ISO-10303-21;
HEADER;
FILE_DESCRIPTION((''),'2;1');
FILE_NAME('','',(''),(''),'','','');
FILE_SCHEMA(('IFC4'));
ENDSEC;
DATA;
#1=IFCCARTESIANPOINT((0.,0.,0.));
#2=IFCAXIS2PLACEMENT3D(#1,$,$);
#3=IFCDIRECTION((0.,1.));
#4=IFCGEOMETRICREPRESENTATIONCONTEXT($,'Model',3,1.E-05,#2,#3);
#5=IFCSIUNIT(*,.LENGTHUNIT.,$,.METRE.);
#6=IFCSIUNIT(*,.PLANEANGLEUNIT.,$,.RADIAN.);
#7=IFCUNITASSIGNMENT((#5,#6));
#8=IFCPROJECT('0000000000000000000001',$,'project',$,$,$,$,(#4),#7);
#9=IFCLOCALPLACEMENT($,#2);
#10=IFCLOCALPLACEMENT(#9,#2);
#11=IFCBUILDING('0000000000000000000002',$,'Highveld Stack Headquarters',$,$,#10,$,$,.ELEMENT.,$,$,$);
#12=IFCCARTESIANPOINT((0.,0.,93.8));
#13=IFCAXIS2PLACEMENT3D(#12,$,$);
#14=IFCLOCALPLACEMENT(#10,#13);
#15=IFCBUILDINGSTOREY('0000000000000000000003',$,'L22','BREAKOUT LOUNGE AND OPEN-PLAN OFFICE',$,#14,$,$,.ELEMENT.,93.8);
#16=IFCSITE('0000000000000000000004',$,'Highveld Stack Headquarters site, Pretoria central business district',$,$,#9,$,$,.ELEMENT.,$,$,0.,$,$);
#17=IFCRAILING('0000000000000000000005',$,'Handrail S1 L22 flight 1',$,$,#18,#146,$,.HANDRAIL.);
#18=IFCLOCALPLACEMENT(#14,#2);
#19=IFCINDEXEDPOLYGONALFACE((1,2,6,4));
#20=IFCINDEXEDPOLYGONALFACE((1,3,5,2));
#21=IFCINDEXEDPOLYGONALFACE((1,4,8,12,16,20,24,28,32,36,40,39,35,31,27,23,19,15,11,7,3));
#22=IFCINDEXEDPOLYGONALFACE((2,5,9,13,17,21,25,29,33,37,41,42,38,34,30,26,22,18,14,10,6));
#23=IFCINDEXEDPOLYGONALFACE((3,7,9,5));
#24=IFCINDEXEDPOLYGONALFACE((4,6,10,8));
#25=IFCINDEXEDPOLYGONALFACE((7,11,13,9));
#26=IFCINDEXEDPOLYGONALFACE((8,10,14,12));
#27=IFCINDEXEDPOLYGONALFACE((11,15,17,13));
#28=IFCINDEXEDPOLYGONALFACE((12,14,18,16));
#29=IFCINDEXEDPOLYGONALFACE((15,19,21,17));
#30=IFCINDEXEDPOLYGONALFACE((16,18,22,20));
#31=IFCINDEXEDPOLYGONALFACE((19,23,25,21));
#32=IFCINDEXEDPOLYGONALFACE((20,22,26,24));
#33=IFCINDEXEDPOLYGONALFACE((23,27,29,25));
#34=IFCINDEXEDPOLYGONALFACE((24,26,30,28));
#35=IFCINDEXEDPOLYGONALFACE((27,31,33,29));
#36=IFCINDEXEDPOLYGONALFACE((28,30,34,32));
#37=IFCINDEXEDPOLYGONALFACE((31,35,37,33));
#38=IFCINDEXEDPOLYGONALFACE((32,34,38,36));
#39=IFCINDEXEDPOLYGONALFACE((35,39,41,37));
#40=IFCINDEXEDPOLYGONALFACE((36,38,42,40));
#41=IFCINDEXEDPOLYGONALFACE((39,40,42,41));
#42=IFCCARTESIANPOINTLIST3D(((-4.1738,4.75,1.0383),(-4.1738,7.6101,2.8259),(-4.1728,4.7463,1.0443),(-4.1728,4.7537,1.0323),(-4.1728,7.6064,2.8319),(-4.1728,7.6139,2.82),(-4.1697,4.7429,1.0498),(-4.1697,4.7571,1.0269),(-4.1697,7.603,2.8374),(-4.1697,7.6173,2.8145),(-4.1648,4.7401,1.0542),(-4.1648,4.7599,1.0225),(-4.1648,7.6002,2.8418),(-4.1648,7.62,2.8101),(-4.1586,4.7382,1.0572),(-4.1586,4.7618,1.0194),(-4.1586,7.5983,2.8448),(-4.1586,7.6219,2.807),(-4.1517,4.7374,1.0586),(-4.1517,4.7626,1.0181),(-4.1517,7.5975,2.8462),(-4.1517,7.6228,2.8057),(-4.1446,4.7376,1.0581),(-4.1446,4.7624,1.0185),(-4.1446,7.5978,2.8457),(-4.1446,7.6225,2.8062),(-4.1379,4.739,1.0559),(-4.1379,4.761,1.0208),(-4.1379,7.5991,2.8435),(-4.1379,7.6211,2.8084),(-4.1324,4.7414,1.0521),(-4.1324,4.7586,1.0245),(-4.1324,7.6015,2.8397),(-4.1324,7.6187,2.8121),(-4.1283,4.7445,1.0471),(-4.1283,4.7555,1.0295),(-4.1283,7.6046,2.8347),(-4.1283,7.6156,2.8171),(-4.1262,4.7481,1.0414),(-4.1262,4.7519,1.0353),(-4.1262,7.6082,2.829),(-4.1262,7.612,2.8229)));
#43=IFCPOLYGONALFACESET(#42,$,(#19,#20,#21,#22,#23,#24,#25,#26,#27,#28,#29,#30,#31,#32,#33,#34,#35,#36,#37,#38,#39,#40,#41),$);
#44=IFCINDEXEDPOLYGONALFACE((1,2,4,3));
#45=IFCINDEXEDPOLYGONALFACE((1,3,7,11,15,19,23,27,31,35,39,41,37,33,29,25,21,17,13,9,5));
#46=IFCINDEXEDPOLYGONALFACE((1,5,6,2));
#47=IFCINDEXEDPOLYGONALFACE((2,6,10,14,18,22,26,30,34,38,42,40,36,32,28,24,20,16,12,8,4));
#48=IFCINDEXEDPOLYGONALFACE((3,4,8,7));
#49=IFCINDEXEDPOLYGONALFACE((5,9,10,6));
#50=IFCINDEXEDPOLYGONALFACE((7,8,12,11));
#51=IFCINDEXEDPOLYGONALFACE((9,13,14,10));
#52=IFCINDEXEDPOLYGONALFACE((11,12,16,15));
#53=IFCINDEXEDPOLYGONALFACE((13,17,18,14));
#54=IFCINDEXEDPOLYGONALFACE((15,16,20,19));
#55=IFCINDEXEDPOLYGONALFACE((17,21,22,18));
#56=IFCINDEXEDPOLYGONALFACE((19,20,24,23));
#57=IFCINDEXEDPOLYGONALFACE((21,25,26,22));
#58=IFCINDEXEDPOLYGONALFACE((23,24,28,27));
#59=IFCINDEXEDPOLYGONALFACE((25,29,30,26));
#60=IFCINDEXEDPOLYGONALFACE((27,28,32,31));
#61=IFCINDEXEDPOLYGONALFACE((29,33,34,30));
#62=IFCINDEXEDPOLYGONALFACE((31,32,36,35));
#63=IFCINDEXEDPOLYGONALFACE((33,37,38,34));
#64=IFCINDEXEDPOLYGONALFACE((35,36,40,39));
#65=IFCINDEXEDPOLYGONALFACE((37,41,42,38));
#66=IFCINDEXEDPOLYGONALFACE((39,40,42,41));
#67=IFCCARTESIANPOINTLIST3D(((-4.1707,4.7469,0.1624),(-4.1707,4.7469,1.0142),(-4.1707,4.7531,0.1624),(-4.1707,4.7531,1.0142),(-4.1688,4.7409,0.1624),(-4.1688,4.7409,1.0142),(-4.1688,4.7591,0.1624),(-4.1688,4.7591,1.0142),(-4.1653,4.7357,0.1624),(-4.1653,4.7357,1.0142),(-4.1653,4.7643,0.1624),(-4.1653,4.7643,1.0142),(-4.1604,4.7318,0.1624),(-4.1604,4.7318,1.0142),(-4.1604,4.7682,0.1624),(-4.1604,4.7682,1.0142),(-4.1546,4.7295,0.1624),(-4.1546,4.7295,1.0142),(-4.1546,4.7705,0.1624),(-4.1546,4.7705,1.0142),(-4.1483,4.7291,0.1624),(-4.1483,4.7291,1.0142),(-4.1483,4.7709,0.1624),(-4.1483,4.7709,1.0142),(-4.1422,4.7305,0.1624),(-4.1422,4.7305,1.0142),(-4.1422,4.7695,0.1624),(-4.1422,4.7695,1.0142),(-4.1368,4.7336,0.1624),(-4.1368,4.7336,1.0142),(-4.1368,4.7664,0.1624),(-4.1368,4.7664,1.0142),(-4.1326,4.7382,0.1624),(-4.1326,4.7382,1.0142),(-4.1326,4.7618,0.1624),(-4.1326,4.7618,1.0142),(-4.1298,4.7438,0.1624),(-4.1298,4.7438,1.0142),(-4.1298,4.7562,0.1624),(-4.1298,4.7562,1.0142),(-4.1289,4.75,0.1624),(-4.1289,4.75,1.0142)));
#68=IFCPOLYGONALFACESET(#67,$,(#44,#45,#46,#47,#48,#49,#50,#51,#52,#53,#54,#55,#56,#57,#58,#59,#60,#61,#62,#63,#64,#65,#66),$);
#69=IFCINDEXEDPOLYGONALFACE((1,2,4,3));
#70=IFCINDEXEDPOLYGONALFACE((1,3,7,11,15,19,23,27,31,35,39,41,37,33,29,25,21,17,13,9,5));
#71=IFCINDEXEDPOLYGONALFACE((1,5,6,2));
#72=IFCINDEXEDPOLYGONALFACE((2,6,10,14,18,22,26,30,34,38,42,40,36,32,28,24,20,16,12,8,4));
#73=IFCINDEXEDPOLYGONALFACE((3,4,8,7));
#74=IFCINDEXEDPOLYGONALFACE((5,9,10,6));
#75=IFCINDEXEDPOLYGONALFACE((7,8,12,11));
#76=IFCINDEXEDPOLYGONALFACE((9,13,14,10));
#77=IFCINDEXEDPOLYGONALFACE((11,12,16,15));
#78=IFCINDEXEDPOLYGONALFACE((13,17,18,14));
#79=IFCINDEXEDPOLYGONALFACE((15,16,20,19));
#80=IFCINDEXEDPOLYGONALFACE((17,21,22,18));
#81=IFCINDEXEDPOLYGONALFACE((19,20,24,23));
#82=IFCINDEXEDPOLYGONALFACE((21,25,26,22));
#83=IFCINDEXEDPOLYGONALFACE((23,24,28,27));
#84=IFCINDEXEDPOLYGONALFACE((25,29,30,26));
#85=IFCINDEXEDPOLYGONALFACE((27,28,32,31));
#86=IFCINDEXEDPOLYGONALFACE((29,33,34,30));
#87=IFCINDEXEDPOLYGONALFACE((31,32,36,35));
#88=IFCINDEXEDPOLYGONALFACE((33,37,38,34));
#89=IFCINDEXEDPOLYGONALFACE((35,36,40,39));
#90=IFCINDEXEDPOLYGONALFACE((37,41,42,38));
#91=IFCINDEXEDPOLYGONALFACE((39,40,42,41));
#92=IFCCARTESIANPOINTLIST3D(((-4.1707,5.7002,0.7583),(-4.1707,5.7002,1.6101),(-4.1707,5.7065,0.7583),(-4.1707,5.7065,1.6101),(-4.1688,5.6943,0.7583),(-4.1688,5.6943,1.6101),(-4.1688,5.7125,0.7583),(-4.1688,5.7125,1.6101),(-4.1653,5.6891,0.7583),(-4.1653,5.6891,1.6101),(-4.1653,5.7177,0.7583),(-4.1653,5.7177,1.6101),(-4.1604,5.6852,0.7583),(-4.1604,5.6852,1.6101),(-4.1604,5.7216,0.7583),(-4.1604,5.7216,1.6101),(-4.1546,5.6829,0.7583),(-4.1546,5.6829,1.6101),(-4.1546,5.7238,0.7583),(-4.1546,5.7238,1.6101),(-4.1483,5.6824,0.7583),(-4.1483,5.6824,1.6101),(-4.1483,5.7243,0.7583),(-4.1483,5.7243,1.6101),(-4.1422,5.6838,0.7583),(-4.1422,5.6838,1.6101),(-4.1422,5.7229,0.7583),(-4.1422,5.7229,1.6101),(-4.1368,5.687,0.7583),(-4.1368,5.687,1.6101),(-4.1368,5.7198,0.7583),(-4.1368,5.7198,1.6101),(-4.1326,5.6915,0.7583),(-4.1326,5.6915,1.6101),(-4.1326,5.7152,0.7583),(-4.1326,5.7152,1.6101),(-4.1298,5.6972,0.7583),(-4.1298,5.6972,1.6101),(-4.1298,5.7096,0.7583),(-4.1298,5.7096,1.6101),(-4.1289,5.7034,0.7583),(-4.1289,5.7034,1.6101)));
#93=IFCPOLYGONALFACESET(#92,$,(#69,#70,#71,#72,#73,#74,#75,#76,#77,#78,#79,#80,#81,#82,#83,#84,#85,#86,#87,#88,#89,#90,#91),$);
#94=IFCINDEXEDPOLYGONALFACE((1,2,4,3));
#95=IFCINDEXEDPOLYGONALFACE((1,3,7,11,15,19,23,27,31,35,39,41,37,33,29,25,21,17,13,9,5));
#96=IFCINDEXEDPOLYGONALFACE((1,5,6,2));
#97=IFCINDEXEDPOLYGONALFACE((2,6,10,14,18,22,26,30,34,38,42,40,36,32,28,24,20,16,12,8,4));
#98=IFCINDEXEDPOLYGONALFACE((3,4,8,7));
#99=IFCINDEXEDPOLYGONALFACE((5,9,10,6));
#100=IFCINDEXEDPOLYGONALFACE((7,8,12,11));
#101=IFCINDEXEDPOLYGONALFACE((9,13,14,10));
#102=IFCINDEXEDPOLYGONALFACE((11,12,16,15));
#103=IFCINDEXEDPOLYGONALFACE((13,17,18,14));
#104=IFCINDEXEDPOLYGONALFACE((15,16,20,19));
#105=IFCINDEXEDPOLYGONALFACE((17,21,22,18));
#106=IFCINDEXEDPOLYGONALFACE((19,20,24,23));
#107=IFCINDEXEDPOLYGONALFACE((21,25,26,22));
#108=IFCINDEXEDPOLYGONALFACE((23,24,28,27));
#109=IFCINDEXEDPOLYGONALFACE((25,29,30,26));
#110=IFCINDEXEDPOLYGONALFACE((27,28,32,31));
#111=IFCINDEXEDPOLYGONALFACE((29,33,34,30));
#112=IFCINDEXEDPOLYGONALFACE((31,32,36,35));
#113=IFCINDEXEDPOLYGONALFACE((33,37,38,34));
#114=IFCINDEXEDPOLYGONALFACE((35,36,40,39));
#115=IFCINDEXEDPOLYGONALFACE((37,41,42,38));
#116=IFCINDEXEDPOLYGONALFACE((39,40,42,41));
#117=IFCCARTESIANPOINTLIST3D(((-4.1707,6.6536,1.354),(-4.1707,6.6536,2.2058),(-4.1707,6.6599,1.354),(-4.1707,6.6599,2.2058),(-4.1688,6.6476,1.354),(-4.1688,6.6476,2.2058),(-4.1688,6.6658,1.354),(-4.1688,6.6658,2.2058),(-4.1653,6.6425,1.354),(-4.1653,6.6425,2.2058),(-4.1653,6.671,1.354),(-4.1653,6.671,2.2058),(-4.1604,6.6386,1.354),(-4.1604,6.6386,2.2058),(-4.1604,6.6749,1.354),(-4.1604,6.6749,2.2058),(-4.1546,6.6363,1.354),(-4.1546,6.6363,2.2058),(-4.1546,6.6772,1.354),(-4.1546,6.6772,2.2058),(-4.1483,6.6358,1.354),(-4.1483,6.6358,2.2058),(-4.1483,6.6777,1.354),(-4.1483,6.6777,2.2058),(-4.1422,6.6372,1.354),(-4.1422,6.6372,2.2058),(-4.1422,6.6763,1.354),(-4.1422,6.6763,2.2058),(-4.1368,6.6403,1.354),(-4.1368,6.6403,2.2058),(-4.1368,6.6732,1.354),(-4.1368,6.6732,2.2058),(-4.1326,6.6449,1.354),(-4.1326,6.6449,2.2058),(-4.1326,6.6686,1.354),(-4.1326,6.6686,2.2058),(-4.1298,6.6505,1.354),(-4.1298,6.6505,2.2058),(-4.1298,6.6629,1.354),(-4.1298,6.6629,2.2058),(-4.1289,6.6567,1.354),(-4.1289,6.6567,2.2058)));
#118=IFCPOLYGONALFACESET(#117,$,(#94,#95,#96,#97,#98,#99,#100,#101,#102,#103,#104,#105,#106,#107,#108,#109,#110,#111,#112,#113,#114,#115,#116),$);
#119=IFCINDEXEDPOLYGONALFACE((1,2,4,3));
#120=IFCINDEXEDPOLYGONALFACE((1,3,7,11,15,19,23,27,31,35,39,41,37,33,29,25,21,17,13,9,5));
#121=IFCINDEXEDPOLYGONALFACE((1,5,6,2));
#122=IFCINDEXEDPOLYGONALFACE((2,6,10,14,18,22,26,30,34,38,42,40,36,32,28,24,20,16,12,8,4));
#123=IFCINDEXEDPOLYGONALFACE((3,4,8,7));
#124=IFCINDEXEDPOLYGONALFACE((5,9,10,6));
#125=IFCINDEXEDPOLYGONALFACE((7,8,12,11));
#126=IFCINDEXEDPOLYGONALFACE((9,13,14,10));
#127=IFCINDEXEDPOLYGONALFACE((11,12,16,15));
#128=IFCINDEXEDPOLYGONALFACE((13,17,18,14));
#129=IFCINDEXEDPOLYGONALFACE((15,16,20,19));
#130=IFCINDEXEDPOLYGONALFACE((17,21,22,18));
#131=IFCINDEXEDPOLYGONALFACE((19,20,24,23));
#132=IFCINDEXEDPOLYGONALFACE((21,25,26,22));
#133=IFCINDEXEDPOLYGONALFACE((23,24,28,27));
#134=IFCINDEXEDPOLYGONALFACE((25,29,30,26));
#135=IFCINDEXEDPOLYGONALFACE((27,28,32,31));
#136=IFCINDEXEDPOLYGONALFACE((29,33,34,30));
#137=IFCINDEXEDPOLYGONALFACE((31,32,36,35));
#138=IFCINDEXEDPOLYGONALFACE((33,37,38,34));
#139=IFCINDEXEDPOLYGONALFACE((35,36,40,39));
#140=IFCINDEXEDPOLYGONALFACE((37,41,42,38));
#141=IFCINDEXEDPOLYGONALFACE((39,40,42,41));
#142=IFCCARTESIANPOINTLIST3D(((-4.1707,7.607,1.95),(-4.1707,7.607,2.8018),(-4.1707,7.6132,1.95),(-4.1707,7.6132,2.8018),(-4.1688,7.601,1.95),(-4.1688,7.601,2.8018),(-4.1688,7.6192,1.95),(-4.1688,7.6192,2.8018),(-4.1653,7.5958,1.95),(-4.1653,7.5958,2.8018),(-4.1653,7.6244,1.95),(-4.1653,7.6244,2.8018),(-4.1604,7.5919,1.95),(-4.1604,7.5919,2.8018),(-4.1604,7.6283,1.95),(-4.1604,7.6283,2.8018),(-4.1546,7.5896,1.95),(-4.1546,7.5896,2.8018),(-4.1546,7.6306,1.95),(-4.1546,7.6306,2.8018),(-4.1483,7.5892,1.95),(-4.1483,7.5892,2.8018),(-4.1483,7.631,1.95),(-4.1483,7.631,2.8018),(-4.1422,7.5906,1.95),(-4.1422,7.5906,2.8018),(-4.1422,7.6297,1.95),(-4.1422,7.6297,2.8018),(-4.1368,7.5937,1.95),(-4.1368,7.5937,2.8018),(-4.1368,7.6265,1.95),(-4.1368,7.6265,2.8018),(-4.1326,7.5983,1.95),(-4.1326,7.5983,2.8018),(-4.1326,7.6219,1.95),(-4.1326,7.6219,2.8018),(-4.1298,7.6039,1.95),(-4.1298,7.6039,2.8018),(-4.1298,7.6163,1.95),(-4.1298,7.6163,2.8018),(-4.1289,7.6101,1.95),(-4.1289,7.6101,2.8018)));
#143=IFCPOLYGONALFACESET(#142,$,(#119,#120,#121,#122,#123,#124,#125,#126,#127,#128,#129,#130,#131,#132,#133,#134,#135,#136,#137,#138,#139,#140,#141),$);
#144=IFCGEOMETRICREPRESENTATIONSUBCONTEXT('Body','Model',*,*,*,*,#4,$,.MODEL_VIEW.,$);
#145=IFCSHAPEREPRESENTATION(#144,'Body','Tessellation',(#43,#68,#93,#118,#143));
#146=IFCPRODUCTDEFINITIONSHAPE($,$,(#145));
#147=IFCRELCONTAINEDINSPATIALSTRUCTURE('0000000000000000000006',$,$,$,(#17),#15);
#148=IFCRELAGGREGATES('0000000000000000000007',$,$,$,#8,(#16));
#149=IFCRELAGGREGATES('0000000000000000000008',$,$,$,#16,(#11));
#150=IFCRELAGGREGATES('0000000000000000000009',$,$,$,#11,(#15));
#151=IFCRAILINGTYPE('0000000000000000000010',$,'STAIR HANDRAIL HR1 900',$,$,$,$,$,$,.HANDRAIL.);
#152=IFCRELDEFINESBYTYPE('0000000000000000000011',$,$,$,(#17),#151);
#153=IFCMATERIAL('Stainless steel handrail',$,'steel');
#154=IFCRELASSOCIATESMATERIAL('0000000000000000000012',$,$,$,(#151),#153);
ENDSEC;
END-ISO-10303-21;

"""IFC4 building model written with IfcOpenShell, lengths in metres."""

from ifc_helpers import new_model, si_unit, direction, frame, origin, origin_2d, place, context, subcontext, project, spatial, circle, extrude, material, type_object, element, save


model = new_model("IFC4")

# Units and contexts
model_context = context("Model", 3, precision=1e-05, world=origin(), true_north=direction((0.0, 1.0)))
body_context = subcontext(model_context, "Body", "Model", "MODEL_VIEW")
ifc_project = project(units=[si_unit("LENGTHUNIT", "METRE"), si_unit("PLANEANGLEUNIT", "RADIAN")], contexts=[model_context])

# Site, building, storey
site_placement = place(None, origin())
site = spatial("IfcSite", under=ifc_project, at=site_placement, Name="Highveld Stack Headquarters site, Pretoria central business district", CompositionType="ELEMENT", RefElevation=0.0)
building_placement = place(site_placement, origin())
building = spatial("IfcBuilding", under=site, at=building_placement, Name="Highveld Stack Headquarters", CompositionType="ELEMENT")
storey_placement = place(building_placement, frame((0.0, 0.0, 93.8)))
storey = spatial("IfcBuildingStorey", under=building, at=storey_placement, Name="L22", Description="BREAKOUT LOUNGE AND OPEN-PLAN OFFICE", CompositionType="ELEMENT", Elevation=93.8)

# Railing
ifc_material_1 = material(Name="Stainless steel handrail", Category="steel")
railing_type = type_object("IfcRailingType", Name="STAIR HANDRAIL HR1 900", PredefinedType="HANDRAIL", material=ifc_material_1)
for number, where, name in (
    (1, (-4.1499, 4.75, 0.1624), "Handrail S1 L22 flight 1"),
):
    element("IfcRailing", number, at=place(storey_placement, frame(where)), inside=storey, type_object=railing_type, Name=name, PredefinedType="HANDRAIL", context=body_context, shape_type="SweptSolid", body=[
        extrude(circle(Radius=0.0239, at=origin_2d()), frame((0.0, 0.0, 0.876), z_axis=(0.0, 0.847994, 0.530005), x_axis=(-1.0, 0.0, 0.0)), (0.0, 0.0, 1.0), 3.3728),
        extrude(circle(Radius=0.021, at=origin_2d()), origin(), (0.0, 0.0, 1.0), 0.8518),
        extrude(circle(Radius=0.021, at=origin_2d()), frame((0.0, 0.9534, 0.5959)), (0.0, 0.0, 1.0), 0.8518),
        extrude(circle(Radius=0.021, at=origin_2d()), frame((0.0, 1.9067, 1.1917)), (0.0, 0.0, 1.0), 0.8518),
        extrude(circle(Radius=0.021, at=origin_2d()), frame((0.0, 2.8601, 1.7876)), (0.0, 0.0, 1.0), 0.8518),
    ])

save(model, "model.ifc")
